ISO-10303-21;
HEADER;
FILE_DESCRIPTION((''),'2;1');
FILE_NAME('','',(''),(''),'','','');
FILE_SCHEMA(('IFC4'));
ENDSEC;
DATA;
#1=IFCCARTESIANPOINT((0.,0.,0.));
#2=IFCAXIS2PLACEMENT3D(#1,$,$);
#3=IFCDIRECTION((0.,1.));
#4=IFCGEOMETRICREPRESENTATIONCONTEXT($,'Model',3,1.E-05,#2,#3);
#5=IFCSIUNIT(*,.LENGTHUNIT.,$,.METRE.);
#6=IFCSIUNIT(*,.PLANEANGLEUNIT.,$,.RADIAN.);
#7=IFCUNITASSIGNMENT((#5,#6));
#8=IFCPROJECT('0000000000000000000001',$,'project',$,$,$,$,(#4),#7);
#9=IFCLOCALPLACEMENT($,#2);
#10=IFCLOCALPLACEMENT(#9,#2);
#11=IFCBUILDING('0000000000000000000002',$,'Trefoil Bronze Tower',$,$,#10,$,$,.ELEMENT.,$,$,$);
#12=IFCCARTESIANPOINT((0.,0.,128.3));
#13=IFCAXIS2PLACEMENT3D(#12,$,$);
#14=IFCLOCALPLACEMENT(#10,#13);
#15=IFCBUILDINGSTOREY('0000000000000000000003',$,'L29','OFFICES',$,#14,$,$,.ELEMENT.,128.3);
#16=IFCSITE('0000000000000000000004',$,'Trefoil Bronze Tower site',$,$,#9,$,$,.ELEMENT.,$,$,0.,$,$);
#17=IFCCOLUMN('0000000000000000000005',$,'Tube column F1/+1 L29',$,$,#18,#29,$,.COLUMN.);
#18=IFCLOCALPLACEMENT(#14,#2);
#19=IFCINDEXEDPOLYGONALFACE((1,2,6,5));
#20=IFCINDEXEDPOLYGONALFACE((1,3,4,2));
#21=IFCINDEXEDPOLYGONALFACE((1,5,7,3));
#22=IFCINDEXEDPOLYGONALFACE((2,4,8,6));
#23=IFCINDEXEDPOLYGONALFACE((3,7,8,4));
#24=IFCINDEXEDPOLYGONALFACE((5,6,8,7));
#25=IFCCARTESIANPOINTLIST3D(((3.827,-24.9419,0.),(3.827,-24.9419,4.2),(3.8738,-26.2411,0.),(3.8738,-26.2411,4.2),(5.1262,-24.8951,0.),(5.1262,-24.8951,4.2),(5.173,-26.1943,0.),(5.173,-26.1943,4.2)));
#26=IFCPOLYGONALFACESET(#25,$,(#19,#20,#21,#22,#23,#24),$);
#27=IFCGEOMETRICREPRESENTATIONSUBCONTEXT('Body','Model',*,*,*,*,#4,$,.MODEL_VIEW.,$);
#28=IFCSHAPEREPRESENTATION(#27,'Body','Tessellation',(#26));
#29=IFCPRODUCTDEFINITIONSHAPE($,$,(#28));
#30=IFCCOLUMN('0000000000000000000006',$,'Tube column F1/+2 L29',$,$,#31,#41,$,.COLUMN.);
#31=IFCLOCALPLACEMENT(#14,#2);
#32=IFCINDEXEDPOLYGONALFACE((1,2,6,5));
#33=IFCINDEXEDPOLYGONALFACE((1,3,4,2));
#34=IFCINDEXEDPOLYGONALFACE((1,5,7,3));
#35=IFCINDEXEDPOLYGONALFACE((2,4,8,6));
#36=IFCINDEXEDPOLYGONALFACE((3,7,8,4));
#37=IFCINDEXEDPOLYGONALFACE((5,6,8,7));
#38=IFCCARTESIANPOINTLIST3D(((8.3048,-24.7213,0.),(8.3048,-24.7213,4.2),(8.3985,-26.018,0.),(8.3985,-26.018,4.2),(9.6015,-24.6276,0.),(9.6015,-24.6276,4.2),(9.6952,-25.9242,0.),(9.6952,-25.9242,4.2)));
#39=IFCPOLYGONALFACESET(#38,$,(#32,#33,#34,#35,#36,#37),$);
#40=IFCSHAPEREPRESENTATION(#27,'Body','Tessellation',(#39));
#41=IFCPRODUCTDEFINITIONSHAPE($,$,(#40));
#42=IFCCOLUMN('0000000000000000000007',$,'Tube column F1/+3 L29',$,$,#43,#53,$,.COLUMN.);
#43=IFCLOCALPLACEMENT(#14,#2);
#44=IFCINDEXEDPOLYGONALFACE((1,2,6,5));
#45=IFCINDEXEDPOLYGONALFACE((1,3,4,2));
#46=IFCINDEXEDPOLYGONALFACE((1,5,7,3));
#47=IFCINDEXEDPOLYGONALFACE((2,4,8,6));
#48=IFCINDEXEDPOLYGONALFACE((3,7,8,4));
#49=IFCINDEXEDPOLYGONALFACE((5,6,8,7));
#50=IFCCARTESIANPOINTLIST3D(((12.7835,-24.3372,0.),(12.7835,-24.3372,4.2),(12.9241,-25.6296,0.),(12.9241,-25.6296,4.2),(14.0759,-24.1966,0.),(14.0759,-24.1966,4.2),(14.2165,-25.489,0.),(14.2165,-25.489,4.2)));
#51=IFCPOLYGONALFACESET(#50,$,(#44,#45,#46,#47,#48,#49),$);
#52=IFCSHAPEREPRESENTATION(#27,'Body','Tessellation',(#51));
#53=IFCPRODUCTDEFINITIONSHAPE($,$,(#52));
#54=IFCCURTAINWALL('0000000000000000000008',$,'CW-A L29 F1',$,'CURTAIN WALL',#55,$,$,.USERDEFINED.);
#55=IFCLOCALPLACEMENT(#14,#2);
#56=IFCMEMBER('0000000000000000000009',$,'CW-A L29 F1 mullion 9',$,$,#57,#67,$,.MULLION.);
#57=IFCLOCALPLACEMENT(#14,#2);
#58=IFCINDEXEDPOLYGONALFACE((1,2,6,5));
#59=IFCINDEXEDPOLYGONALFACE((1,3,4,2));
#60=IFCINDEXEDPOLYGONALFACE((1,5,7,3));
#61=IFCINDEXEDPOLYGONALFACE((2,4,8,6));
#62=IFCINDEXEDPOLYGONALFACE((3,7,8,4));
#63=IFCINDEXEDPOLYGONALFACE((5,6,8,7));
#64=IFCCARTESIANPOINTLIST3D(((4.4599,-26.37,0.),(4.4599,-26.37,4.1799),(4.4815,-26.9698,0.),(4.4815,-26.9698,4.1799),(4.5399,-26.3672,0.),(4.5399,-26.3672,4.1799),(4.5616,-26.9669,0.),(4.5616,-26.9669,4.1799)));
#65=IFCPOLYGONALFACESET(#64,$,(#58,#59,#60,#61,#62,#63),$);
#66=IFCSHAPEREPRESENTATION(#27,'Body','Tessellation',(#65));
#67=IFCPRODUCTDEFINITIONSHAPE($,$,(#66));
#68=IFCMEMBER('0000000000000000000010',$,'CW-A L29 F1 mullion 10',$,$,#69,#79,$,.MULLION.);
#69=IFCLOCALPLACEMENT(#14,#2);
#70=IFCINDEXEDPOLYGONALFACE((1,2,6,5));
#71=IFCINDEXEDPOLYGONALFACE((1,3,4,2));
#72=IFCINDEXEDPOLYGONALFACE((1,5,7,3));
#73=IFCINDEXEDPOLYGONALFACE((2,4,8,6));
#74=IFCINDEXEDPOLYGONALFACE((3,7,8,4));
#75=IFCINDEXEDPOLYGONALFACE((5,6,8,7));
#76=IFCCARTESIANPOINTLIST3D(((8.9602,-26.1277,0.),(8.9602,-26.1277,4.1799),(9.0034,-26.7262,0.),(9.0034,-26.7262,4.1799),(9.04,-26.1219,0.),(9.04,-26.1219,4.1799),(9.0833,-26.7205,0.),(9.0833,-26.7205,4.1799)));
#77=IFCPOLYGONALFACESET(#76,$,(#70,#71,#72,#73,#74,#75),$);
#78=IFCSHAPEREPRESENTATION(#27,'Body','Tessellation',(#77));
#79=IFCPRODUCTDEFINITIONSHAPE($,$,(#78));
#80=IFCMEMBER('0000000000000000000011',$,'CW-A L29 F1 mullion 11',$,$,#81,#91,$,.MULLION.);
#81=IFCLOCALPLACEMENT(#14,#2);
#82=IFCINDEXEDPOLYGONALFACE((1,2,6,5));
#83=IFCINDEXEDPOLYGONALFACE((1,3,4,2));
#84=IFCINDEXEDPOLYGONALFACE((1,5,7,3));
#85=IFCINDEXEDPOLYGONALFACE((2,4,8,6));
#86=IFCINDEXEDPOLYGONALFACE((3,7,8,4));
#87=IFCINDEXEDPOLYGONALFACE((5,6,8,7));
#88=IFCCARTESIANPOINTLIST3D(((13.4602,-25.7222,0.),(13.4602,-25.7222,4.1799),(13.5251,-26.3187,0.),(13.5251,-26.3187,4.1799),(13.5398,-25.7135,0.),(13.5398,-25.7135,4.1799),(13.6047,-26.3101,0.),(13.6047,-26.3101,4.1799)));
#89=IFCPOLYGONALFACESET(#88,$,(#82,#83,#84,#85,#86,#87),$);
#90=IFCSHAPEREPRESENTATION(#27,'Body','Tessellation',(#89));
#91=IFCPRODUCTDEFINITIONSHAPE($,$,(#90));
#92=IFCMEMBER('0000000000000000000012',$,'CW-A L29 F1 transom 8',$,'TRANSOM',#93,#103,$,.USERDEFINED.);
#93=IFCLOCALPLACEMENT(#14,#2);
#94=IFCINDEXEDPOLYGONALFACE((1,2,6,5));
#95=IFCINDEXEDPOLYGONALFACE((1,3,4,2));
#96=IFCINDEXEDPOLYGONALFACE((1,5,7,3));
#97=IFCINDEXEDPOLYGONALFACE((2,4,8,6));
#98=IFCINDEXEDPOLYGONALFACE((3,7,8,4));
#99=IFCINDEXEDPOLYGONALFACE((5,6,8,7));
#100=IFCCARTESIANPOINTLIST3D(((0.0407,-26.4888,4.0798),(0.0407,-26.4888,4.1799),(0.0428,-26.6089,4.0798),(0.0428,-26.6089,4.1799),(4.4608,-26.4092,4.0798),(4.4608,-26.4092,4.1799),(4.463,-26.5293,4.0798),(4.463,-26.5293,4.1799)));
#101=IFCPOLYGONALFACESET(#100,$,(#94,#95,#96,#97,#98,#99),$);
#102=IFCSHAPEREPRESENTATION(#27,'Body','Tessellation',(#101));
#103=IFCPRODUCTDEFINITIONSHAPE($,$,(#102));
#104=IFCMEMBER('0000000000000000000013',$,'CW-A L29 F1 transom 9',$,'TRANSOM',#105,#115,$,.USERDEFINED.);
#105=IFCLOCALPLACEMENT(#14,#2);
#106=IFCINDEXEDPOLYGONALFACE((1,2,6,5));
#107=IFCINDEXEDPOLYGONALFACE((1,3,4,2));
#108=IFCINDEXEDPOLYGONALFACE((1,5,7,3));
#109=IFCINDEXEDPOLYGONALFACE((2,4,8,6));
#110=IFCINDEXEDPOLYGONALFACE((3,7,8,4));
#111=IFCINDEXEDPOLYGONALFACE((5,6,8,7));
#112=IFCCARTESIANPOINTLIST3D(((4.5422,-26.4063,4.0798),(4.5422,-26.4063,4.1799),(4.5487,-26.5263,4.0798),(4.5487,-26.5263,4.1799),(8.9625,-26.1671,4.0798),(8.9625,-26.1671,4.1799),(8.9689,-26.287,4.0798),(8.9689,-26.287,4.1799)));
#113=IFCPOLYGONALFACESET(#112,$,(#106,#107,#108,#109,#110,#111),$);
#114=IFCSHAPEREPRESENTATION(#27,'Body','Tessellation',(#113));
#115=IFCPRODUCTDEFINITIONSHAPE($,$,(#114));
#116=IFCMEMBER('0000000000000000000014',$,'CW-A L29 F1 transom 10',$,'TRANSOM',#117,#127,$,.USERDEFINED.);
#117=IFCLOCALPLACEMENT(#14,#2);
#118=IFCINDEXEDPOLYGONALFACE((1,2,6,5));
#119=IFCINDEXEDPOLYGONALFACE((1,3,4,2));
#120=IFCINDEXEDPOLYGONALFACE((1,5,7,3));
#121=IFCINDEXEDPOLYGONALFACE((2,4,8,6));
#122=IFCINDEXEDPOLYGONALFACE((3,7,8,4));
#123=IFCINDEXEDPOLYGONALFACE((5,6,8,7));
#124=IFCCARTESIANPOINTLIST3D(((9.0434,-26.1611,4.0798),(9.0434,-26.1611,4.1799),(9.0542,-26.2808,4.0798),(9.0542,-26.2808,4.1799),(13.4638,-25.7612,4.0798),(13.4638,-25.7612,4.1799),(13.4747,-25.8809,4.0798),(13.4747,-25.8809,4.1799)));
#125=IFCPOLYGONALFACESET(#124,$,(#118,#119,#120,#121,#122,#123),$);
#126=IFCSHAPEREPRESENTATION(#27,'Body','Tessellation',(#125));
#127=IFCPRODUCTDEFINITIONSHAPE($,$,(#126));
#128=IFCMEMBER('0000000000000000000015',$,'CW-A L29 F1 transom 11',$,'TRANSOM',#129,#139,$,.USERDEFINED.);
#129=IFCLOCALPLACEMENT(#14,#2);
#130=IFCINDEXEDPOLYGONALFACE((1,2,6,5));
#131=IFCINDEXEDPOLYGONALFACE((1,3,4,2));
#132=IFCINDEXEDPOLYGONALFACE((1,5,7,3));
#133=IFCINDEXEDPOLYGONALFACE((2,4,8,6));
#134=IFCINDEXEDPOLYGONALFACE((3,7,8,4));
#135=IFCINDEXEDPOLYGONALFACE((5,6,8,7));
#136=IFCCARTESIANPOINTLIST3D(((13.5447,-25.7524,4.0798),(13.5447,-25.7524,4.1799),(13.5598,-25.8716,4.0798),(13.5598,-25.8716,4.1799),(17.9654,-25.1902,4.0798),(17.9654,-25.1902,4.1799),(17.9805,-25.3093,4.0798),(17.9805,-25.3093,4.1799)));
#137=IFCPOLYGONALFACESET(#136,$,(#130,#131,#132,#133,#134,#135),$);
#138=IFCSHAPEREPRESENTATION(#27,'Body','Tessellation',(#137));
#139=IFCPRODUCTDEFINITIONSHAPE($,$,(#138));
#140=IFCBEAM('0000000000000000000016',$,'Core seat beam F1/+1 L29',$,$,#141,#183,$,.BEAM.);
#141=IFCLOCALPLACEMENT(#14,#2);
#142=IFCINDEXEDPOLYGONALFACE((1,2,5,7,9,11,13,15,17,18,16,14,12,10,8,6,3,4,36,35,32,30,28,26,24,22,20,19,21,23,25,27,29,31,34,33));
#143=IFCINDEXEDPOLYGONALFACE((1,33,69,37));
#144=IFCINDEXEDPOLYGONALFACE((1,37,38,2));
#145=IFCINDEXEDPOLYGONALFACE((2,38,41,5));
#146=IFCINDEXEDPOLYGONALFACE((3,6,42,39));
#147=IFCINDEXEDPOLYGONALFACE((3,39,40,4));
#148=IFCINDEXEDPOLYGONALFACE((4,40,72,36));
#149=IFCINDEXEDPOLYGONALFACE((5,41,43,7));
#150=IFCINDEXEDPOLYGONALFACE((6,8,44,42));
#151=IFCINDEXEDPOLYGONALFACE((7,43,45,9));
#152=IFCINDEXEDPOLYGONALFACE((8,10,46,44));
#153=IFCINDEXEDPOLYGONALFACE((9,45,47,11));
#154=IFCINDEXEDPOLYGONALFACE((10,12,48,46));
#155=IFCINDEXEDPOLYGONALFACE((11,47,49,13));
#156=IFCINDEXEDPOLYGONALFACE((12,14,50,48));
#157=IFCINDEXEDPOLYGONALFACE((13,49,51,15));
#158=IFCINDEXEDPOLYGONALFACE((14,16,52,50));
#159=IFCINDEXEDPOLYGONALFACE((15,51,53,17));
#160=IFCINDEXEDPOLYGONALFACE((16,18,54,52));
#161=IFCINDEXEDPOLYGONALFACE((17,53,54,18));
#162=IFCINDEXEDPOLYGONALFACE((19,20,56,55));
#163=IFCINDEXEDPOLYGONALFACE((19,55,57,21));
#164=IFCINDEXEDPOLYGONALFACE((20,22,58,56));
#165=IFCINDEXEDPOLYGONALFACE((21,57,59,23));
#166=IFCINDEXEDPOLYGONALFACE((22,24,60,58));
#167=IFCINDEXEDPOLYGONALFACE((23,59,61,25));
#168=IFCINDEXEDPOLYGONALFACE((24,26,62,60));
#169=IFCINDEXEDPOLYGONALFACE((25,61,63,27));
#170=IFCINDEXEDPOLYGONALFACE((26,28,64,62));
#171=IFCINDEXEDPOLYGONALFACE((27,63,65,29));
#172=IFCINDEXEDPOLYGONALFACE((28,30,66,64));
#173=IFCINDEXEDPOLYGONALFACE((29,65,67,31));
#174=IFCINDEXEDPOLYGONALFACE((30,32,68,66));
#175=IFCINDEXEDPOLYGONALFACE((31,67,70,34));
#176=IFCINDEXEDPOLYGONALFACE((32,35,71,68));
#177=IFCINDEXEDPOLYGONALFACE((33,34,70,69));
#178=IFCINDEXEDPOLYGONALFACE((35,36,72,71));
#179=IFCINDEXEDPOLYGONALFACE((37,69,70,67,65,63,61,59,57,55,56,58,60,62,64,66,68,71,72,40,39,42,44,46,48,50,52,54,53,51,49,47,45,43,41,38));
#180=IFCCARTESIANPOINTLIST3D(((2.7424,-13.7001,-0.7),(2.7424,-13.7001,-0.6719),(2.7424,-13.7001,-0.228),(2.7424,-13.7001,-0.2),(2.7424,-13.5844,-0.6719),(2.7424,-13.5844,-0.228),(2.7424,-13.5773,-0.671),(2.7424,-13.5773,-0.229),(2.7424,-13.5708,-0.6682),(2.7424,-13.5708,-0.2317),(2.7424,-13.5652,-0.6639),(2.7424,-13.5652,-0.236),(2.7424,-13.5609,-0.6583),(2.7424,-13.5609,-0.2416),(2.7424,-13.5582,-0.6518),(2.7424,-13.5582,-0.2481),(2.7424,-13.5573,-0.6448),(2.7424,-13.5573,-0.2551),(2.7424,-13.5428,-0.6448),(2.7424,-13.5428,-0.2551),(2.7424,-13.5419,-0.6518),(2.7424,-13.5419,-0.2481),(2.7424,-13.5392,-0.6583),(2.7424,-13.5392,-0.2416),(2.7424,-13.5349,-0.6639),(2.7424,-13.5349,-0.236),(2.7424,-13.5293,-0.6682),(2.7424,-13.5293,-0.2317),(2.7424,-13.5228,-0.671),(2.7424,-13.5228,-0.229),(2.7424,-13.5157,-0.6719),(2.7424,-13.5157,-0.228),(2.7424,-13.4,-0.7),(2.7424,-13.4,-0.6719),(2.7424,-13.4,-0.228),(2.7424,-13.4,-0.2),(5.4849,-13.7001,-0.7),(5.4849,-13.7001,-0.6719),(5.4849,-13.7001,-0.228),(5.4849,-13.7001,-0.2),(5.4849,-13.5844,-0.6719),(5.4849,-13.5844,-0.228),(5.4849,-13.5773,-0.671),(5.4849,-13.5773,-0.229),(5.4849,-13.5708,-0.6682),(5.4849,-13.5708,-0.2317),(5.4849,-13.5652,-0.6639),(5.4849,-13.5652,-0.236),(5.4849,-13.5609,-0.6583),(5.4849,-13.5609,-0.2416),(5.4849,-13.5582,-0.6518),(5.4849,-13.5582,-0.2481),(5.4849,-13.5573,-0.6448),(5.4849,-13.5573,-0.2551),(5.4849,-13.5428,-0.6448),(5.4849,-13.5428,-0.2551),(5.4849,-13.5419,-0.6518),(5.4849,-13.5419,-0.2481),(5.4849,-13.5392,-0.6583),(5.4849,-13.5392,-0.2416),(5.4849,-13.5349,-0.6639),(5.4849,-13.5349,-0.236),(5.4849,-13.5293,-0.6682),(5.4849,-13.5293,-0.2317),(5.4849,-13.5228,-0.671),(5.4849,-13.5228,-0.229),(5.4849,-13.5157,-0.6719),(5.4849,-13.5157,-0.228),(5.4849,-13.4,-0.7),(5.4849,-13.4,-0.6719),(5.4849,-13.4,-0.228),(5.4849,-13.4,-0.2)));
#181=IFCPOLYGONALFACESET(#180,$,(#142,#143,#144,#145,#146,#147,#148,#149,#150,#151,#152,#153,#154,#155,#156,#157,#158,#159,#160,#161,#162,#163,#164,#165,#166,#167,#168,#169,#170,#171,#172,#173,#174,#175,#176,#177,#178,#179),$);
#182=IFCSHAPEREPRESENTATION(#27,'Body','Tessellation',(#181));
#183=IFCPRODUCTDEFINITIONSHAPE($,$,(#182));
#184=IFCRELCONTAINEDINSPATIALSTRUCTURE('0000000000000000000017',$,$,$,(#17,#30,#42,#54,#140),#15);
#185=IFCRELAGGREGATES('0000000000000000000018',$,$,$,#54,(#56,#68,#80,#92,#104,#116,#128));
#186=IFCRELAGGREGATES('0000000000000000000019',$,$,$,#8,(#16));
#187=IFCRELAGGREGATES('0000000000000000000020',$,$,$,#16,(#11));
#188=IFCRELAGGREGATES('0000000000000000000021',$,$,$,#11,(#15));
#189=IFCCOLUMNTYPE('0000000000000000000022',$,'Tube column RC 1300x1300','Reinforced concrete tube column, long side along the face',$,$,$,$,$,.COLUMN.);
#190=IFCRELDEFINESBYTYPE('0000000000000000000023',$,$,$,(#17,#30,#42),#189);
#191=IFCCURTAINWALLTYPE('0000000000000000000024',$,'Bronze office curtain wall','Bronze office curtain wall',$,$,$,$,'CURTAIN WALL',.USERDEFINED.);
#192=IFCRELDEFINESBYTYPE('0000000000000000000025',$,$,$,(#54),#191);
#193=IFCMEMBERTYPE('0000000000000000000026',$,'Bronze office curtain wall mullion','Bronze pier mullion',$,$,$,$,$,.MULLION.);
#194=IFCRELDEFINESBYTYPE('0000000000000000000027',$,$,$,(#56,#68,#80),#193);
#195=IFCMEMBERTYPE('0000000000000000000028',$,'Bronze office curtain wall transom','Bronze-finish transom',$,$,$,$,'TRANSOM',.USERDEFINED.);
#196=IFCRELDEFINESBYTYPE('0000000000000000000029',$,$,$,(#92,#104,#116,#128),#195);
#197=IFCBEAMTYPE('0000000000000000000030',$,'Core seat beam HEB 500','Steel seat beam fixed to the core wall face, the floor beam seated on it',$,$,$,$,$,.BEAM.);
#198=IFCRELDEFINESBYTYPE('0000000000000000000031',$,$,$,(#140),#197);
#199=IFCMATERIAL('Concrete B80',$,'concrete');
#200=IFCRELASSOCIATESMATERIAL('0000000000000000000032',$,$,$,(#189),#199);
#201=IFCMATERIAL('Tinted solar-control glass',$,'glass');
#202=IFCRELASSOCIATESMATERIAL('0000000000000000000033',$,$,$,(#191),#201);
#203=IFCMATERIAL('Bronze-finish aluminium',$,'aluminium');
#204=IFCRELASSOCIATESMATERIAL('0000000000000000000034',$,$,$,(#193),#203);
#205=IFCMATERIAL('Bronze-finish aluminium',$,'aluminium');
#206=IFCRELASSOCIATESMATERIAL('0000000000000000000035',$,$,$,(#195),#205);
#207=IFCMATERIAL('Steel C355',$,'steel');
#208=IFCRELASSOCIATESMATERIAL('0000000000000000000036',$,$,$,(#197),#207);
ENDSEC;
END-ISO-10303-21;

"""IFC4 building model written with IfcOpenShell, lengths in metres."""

from ifc_helpers import new_model, si_unit, direction, frame, origin, origin_2d, place, context, subcontext, project, spatial, rectangle, i_section, extrude, material, material_profile, profile_set, type_object, element, aggregate, save


model = new_model("IFC4")

# Units and contexts
model_context = context("Model", 3, precision=1e-05, world=origin(), true_north=direction((0.0, 1.0)))
body_context = subcontext(model_context, "Body", "Model", "MODEL_VIEW")
ifc_project = project(units=[si_unit("LENGTHUNIT", "METRE"), si_unit("PLANEANGLEUNIT", "RADIAN")], contexts=[model_context])

# Site, building, storey
site_placement = place(None, origin())
site = spatial("IfcSite", under=ifc_project, at=site_placement, Name="Trefoil Bronze Tower site", CompositionType="ELEMENT", RefElevation=0.0)
building_placement = place(site_placement, origin())
building = spatial("IfcBuilding", under=site, at=building_placement, Name="Trefoil Bronze Tower", CompositionType="ELEMENT")
storey_placement = place(building_placement, frame((0.0, 0.0, 128.3)))
storey = spatial("IfcBuildingStorey", under=building, at=storey_placement, Name="L29", Description="OFFICES", CompositionType="ELEMENT", Elevation=128.3)

# Columns
ifc_material_1 = material(Name="Concrete B80", Category="concrete")
ifc_material_profile_1 = material_profile(ifc_material_1, rectangle(XDim=1.3, YDim=1.3, at=origin_2d()), Name="RC 1300x1300")
ifc_profile_set_1 = profile_set([ifc_material_profile_1], Name="Concrete B80")
column_type = type_object("IfcColumnType", Name="Tube column RC 1300x1300", Description="Reinforced concrete tube column, long side along the face", PredefinedType="COLUMN", material=ifc_profile_set_1)
for number, where, z_axis, x_axis, name in (
    (1, (4.5, -25.5681, 0.0), (0.0, 0.0, 1.0), (0.99935, 0.036048, 0.0), "Tube column F1/+1 L29"),
    (2, (9.0, -25.3228, 0.0), (0.0, 0.0, 1.0), (0.997398, 0.072096, 0.0), "Tube column F1/+2 L29"),
    (3, (13.5, -24.9131, 0.0), (0.0, 0.0, 1.0), (0.994135, 0.108144, 0.0), "Tube column F1/+3 L29"),
):
    element("IfcColumn", number, at=place(storey_placement, frame(where, z_axis=z_axis, x_axis=x_axis)), inside=storey, type_object=column_type, Name=name, PredefinedType="COLUMN", context=body_context, shape_type="SweptSolid", body=[
        extrude(rectangle(XDim=1.3, YDim=1.3, at=origin_2d()), origin(), (0.0, 0.0, 1.0), 4.2),
    ])

# Curtain wall, members
ifc_material_2 = material(Name="Tinted solar-control glass", Category="glass")
curtain_wall_type = type_object("IfcCurtainWallType", Name="Bronze office curtain wall", Description="Bronze office curtain wall", ElementType="CURTAIN WALL", PredefinedType="USERDEFINED", material=ifc_material_2)
curtain_wall_placement = place(storey_placement, origin())
curtain_wall = element("IfcCurtainWall", 4, at=curtain_wall_placement, inside=storey, type_object=curtain_wall_type, Name="CW-A L29 F1", ObjectType="CURTAIN WALL", PredefinedType="USERDEFINED")
ifc_material_3 = material(Name="Bronze-finish aluminium", Category="aluminium")
ifc_material_profile_2 = material_profile(ifc_material_3, rectangle(XDim=0.6001, YDim=0.0801, at=origin_2d()), Name="CW-A mullion")
ifc_profile_set_2 = profile_set([ifc_material_profile_2], Name="Bronze-finish aluminium")
member_type_1 = type_object("IfcMemberType", Name="Bronze office curtain wall mullion", Description="Bronze pier mullion", PredefinedType="MULLION", material=ifc_profile_set_2)
member_1_placement = place(storey_placement, frame((4.5107, -26.6685, 0.0), z_axis=(0.0, 0.0, 1.0), x_axis=(-0.036048, 0.99935, 0.0)))
member_1 = element("IfcMember", 5, at=member_1_placement, type_object=member_type_1, Name="CW-A L29 F1 mullion 9", PredefinedType="MULLION", context=body_context, shape_type="SweptSolid", body=[
    extrude(rectangle(XDim=0.6001, YDim=0.0801, at=origin_2d()), origin(), (0.0, 0.0, 1.0), 4.1799),
])
member_2_placement = place(storey_placement, frame((9.0217, -26.4241, 0.0), z_axis=(0.0, 0.0, 1.0), x_axis=(-0.072096, 0.997398, 0.0)))
member_2 = element("IfcMember", 6, at=member_2_placement, type_object=member_type_1, Name="CW-A L29 F1 mullion 10", PredefinedType="MULLION", context=body_context, shape_type="SweptSolid", body=[
    extrude(rectangle(XDim=0.6001, YDim=0.0801, at=origin_2d()), origin(), (0.0, 0.0, 1.0), 4.1799),
])
member_3_placement = place(storey_placement, frame((13.5325, -26.0161, 0.0), z_axis=(0.0, 0.0, 1.0), x_axis=(-0.108144, 0.994135, 0.0)))
member_3 = element("IfcMember", 7, at=member_3_placement, type_object=member_type_1, Name="CW-A L29 F1 mullion 11", PredefinedType="MULLION", context=body_context, shape_type="SweptSolid", body=[
    extrude(rectangle(XDim=0.6001, YDim=0.0801, at=origin_2d()), origin(), (0.0, 0.0, 1.0), 4.1799),
])
ifc_material_4 = material(Name="Bronze-finish aluminium", Category="aluminium")
ifc_material_profile_3 = material_profile(ifc_material_4, rectangle(XDim=0.1201, YDim=0.1001, at=origin_2d()), Name="CW-A transom")
ifc_profile_set_3 = profile_set([ifc_material_profile_3], Name="Bronze-finish aluminium")
member_type_2 = type_object("IfcMemberType", Name="Bronze office curtain wall transom", Description="Bronze-finish transom", ElementType="TRANSOM", PredefinedType="USERDEFINED", material=ifc_profile_set_3)
member_4_placement = place(storey_placement, frame((0.0417, -26.5488, 4.1299), z_axis=(0.999838, 0.018003, 0.0), x_axis=(-0.018003, 0.999838, 0.0)))
member_4 = element("IfcMember", 8, at=member_4_placement, type_object=member_type_2, Name="CW-A L29 F1 transom 8", ObjectType="TRANSOM", PredefinedType="USERDEFINED", context=body_context, shape_type="SweptSolid", body=[
    extrude(rectangle(XDim=0.1201, YDim=0.1001, at=origin_2d()), origin(), (0.0, 0.0, 1.0), 4.4209),
])
member_5_placement = place(storey_placement, frame((4.5454, -26.4663, 4.1299), z_axis=(0.998538, 0.05405, 0.0), x_axis=(-0.05405, 0.998538, 0.0)))
member_5 = element("IfcMember", 9, at=member_5_placement, type_object=member_type_2, Name="CW-A L29 F1 transom 9", ObjectType="TRANSOM", PredefinedType="USERDEFINED", context=body_context, shape_type="SweptSolid", body=[
    extrude(rectangle(XDim=0.1201, YDim=0.1001, at=origin_2d()), origin(), (0.0, 0.0, 1.0), 4.4268),
])
member_6_placement = place(storey_placement, frame((9.0488, -26.2209, 4.1299), z_axis=(0.995933, 0.090099, 0.0), x_axis=(-0.090099, 0.995933, 0.0)))
member_6 = element("IfcMember", 10, at=member_6_placement, type_object=member_type_2, Name="CW-A L29 F1 transom 10", ObjectType="TRANSOM", PredefinedType="USERDEFINED", context=body_context, shape_type="SweptSolid", body=[
    extrude(rectangle(XDim=0.1201, YDim=0.1001, at=origin_2d()), origin(), (0.0, 0.0, 1.0), 4.4385),
])
member_7_placement = place(storey_placement, frame((13.5522, -25.812, 4.1299), z_axis=(0.992008, 0.126172, 0.0), x_axis=(-0.126172, 0.992008, 0.0)))
member_7 = element("IfcMember", 11, at=member_7_placement, type_object=member_type_2, Name="CW-A L29 F1 transom 11", ObjectType="TRANSOM", PredefinedType="USERDEFINED", context=body_context, shape_type="SweptSolid", body=[
    extrude(rectangle(XDim=0.1201, YDim=0.1001, at=origin_2d()), origin(), (0.0, 0.0, 1.0), 4.4563),
])

# Beam
ifc_material_5 = material(Name="Steel C355", Category="steel")
ifc_material_profile_4 = material_profile(ifc_material_5, i_section(OverallWidth=0.3, OverallDepth=0.5, WebThickness=0.0144, FlangeThickness=0.0281, FilletRadius=0.0271, at=origin_2d()), Name="HEB 500")
ifc_profile_set_4 = profile_set([ifc_material_profile_4], Name="Steel C355")
beam_type_1 = type_object("IfcBeamType", Name="Core seat beam HEB 500", Description="Steel seat beam fixed to the core wall face, the floor beam seated on it", PredefinedType="BEAM", material=ifc_profile_set_4)
for number, where, z_axis, x_axis, name in (
    (12, (2.7424, -13.55, -0.45), (1.0, 0.0, 0.0), (0.0, 1.0, 0.0), "Core seat beam F1/+1 L29"),
):
    element("IfcBeam", number, at=place(storey_placement, frame(where, z_axis=z_axis, x_axis=x_axis)), inside=storey, type_object=beam_type_1, Name=name, PredefinedType="BEAM", context=body_context, shape_type="SweptSolid", body=[
        extrude(i_section(OverallWidth=0.3, OverallDepth=0.5, WebThickness=0.0144, FlangeThickness=0.0281, FilletRadius=0.0271, at=origin_2d()), origin(), (0.0, 0.0, 1.0), 2.7424),
    ])

aggregate(curtain_wall, [member_1, member_2, member_3, member_4, member_5, member_6, member_7])

save(model, "model.ifc")
